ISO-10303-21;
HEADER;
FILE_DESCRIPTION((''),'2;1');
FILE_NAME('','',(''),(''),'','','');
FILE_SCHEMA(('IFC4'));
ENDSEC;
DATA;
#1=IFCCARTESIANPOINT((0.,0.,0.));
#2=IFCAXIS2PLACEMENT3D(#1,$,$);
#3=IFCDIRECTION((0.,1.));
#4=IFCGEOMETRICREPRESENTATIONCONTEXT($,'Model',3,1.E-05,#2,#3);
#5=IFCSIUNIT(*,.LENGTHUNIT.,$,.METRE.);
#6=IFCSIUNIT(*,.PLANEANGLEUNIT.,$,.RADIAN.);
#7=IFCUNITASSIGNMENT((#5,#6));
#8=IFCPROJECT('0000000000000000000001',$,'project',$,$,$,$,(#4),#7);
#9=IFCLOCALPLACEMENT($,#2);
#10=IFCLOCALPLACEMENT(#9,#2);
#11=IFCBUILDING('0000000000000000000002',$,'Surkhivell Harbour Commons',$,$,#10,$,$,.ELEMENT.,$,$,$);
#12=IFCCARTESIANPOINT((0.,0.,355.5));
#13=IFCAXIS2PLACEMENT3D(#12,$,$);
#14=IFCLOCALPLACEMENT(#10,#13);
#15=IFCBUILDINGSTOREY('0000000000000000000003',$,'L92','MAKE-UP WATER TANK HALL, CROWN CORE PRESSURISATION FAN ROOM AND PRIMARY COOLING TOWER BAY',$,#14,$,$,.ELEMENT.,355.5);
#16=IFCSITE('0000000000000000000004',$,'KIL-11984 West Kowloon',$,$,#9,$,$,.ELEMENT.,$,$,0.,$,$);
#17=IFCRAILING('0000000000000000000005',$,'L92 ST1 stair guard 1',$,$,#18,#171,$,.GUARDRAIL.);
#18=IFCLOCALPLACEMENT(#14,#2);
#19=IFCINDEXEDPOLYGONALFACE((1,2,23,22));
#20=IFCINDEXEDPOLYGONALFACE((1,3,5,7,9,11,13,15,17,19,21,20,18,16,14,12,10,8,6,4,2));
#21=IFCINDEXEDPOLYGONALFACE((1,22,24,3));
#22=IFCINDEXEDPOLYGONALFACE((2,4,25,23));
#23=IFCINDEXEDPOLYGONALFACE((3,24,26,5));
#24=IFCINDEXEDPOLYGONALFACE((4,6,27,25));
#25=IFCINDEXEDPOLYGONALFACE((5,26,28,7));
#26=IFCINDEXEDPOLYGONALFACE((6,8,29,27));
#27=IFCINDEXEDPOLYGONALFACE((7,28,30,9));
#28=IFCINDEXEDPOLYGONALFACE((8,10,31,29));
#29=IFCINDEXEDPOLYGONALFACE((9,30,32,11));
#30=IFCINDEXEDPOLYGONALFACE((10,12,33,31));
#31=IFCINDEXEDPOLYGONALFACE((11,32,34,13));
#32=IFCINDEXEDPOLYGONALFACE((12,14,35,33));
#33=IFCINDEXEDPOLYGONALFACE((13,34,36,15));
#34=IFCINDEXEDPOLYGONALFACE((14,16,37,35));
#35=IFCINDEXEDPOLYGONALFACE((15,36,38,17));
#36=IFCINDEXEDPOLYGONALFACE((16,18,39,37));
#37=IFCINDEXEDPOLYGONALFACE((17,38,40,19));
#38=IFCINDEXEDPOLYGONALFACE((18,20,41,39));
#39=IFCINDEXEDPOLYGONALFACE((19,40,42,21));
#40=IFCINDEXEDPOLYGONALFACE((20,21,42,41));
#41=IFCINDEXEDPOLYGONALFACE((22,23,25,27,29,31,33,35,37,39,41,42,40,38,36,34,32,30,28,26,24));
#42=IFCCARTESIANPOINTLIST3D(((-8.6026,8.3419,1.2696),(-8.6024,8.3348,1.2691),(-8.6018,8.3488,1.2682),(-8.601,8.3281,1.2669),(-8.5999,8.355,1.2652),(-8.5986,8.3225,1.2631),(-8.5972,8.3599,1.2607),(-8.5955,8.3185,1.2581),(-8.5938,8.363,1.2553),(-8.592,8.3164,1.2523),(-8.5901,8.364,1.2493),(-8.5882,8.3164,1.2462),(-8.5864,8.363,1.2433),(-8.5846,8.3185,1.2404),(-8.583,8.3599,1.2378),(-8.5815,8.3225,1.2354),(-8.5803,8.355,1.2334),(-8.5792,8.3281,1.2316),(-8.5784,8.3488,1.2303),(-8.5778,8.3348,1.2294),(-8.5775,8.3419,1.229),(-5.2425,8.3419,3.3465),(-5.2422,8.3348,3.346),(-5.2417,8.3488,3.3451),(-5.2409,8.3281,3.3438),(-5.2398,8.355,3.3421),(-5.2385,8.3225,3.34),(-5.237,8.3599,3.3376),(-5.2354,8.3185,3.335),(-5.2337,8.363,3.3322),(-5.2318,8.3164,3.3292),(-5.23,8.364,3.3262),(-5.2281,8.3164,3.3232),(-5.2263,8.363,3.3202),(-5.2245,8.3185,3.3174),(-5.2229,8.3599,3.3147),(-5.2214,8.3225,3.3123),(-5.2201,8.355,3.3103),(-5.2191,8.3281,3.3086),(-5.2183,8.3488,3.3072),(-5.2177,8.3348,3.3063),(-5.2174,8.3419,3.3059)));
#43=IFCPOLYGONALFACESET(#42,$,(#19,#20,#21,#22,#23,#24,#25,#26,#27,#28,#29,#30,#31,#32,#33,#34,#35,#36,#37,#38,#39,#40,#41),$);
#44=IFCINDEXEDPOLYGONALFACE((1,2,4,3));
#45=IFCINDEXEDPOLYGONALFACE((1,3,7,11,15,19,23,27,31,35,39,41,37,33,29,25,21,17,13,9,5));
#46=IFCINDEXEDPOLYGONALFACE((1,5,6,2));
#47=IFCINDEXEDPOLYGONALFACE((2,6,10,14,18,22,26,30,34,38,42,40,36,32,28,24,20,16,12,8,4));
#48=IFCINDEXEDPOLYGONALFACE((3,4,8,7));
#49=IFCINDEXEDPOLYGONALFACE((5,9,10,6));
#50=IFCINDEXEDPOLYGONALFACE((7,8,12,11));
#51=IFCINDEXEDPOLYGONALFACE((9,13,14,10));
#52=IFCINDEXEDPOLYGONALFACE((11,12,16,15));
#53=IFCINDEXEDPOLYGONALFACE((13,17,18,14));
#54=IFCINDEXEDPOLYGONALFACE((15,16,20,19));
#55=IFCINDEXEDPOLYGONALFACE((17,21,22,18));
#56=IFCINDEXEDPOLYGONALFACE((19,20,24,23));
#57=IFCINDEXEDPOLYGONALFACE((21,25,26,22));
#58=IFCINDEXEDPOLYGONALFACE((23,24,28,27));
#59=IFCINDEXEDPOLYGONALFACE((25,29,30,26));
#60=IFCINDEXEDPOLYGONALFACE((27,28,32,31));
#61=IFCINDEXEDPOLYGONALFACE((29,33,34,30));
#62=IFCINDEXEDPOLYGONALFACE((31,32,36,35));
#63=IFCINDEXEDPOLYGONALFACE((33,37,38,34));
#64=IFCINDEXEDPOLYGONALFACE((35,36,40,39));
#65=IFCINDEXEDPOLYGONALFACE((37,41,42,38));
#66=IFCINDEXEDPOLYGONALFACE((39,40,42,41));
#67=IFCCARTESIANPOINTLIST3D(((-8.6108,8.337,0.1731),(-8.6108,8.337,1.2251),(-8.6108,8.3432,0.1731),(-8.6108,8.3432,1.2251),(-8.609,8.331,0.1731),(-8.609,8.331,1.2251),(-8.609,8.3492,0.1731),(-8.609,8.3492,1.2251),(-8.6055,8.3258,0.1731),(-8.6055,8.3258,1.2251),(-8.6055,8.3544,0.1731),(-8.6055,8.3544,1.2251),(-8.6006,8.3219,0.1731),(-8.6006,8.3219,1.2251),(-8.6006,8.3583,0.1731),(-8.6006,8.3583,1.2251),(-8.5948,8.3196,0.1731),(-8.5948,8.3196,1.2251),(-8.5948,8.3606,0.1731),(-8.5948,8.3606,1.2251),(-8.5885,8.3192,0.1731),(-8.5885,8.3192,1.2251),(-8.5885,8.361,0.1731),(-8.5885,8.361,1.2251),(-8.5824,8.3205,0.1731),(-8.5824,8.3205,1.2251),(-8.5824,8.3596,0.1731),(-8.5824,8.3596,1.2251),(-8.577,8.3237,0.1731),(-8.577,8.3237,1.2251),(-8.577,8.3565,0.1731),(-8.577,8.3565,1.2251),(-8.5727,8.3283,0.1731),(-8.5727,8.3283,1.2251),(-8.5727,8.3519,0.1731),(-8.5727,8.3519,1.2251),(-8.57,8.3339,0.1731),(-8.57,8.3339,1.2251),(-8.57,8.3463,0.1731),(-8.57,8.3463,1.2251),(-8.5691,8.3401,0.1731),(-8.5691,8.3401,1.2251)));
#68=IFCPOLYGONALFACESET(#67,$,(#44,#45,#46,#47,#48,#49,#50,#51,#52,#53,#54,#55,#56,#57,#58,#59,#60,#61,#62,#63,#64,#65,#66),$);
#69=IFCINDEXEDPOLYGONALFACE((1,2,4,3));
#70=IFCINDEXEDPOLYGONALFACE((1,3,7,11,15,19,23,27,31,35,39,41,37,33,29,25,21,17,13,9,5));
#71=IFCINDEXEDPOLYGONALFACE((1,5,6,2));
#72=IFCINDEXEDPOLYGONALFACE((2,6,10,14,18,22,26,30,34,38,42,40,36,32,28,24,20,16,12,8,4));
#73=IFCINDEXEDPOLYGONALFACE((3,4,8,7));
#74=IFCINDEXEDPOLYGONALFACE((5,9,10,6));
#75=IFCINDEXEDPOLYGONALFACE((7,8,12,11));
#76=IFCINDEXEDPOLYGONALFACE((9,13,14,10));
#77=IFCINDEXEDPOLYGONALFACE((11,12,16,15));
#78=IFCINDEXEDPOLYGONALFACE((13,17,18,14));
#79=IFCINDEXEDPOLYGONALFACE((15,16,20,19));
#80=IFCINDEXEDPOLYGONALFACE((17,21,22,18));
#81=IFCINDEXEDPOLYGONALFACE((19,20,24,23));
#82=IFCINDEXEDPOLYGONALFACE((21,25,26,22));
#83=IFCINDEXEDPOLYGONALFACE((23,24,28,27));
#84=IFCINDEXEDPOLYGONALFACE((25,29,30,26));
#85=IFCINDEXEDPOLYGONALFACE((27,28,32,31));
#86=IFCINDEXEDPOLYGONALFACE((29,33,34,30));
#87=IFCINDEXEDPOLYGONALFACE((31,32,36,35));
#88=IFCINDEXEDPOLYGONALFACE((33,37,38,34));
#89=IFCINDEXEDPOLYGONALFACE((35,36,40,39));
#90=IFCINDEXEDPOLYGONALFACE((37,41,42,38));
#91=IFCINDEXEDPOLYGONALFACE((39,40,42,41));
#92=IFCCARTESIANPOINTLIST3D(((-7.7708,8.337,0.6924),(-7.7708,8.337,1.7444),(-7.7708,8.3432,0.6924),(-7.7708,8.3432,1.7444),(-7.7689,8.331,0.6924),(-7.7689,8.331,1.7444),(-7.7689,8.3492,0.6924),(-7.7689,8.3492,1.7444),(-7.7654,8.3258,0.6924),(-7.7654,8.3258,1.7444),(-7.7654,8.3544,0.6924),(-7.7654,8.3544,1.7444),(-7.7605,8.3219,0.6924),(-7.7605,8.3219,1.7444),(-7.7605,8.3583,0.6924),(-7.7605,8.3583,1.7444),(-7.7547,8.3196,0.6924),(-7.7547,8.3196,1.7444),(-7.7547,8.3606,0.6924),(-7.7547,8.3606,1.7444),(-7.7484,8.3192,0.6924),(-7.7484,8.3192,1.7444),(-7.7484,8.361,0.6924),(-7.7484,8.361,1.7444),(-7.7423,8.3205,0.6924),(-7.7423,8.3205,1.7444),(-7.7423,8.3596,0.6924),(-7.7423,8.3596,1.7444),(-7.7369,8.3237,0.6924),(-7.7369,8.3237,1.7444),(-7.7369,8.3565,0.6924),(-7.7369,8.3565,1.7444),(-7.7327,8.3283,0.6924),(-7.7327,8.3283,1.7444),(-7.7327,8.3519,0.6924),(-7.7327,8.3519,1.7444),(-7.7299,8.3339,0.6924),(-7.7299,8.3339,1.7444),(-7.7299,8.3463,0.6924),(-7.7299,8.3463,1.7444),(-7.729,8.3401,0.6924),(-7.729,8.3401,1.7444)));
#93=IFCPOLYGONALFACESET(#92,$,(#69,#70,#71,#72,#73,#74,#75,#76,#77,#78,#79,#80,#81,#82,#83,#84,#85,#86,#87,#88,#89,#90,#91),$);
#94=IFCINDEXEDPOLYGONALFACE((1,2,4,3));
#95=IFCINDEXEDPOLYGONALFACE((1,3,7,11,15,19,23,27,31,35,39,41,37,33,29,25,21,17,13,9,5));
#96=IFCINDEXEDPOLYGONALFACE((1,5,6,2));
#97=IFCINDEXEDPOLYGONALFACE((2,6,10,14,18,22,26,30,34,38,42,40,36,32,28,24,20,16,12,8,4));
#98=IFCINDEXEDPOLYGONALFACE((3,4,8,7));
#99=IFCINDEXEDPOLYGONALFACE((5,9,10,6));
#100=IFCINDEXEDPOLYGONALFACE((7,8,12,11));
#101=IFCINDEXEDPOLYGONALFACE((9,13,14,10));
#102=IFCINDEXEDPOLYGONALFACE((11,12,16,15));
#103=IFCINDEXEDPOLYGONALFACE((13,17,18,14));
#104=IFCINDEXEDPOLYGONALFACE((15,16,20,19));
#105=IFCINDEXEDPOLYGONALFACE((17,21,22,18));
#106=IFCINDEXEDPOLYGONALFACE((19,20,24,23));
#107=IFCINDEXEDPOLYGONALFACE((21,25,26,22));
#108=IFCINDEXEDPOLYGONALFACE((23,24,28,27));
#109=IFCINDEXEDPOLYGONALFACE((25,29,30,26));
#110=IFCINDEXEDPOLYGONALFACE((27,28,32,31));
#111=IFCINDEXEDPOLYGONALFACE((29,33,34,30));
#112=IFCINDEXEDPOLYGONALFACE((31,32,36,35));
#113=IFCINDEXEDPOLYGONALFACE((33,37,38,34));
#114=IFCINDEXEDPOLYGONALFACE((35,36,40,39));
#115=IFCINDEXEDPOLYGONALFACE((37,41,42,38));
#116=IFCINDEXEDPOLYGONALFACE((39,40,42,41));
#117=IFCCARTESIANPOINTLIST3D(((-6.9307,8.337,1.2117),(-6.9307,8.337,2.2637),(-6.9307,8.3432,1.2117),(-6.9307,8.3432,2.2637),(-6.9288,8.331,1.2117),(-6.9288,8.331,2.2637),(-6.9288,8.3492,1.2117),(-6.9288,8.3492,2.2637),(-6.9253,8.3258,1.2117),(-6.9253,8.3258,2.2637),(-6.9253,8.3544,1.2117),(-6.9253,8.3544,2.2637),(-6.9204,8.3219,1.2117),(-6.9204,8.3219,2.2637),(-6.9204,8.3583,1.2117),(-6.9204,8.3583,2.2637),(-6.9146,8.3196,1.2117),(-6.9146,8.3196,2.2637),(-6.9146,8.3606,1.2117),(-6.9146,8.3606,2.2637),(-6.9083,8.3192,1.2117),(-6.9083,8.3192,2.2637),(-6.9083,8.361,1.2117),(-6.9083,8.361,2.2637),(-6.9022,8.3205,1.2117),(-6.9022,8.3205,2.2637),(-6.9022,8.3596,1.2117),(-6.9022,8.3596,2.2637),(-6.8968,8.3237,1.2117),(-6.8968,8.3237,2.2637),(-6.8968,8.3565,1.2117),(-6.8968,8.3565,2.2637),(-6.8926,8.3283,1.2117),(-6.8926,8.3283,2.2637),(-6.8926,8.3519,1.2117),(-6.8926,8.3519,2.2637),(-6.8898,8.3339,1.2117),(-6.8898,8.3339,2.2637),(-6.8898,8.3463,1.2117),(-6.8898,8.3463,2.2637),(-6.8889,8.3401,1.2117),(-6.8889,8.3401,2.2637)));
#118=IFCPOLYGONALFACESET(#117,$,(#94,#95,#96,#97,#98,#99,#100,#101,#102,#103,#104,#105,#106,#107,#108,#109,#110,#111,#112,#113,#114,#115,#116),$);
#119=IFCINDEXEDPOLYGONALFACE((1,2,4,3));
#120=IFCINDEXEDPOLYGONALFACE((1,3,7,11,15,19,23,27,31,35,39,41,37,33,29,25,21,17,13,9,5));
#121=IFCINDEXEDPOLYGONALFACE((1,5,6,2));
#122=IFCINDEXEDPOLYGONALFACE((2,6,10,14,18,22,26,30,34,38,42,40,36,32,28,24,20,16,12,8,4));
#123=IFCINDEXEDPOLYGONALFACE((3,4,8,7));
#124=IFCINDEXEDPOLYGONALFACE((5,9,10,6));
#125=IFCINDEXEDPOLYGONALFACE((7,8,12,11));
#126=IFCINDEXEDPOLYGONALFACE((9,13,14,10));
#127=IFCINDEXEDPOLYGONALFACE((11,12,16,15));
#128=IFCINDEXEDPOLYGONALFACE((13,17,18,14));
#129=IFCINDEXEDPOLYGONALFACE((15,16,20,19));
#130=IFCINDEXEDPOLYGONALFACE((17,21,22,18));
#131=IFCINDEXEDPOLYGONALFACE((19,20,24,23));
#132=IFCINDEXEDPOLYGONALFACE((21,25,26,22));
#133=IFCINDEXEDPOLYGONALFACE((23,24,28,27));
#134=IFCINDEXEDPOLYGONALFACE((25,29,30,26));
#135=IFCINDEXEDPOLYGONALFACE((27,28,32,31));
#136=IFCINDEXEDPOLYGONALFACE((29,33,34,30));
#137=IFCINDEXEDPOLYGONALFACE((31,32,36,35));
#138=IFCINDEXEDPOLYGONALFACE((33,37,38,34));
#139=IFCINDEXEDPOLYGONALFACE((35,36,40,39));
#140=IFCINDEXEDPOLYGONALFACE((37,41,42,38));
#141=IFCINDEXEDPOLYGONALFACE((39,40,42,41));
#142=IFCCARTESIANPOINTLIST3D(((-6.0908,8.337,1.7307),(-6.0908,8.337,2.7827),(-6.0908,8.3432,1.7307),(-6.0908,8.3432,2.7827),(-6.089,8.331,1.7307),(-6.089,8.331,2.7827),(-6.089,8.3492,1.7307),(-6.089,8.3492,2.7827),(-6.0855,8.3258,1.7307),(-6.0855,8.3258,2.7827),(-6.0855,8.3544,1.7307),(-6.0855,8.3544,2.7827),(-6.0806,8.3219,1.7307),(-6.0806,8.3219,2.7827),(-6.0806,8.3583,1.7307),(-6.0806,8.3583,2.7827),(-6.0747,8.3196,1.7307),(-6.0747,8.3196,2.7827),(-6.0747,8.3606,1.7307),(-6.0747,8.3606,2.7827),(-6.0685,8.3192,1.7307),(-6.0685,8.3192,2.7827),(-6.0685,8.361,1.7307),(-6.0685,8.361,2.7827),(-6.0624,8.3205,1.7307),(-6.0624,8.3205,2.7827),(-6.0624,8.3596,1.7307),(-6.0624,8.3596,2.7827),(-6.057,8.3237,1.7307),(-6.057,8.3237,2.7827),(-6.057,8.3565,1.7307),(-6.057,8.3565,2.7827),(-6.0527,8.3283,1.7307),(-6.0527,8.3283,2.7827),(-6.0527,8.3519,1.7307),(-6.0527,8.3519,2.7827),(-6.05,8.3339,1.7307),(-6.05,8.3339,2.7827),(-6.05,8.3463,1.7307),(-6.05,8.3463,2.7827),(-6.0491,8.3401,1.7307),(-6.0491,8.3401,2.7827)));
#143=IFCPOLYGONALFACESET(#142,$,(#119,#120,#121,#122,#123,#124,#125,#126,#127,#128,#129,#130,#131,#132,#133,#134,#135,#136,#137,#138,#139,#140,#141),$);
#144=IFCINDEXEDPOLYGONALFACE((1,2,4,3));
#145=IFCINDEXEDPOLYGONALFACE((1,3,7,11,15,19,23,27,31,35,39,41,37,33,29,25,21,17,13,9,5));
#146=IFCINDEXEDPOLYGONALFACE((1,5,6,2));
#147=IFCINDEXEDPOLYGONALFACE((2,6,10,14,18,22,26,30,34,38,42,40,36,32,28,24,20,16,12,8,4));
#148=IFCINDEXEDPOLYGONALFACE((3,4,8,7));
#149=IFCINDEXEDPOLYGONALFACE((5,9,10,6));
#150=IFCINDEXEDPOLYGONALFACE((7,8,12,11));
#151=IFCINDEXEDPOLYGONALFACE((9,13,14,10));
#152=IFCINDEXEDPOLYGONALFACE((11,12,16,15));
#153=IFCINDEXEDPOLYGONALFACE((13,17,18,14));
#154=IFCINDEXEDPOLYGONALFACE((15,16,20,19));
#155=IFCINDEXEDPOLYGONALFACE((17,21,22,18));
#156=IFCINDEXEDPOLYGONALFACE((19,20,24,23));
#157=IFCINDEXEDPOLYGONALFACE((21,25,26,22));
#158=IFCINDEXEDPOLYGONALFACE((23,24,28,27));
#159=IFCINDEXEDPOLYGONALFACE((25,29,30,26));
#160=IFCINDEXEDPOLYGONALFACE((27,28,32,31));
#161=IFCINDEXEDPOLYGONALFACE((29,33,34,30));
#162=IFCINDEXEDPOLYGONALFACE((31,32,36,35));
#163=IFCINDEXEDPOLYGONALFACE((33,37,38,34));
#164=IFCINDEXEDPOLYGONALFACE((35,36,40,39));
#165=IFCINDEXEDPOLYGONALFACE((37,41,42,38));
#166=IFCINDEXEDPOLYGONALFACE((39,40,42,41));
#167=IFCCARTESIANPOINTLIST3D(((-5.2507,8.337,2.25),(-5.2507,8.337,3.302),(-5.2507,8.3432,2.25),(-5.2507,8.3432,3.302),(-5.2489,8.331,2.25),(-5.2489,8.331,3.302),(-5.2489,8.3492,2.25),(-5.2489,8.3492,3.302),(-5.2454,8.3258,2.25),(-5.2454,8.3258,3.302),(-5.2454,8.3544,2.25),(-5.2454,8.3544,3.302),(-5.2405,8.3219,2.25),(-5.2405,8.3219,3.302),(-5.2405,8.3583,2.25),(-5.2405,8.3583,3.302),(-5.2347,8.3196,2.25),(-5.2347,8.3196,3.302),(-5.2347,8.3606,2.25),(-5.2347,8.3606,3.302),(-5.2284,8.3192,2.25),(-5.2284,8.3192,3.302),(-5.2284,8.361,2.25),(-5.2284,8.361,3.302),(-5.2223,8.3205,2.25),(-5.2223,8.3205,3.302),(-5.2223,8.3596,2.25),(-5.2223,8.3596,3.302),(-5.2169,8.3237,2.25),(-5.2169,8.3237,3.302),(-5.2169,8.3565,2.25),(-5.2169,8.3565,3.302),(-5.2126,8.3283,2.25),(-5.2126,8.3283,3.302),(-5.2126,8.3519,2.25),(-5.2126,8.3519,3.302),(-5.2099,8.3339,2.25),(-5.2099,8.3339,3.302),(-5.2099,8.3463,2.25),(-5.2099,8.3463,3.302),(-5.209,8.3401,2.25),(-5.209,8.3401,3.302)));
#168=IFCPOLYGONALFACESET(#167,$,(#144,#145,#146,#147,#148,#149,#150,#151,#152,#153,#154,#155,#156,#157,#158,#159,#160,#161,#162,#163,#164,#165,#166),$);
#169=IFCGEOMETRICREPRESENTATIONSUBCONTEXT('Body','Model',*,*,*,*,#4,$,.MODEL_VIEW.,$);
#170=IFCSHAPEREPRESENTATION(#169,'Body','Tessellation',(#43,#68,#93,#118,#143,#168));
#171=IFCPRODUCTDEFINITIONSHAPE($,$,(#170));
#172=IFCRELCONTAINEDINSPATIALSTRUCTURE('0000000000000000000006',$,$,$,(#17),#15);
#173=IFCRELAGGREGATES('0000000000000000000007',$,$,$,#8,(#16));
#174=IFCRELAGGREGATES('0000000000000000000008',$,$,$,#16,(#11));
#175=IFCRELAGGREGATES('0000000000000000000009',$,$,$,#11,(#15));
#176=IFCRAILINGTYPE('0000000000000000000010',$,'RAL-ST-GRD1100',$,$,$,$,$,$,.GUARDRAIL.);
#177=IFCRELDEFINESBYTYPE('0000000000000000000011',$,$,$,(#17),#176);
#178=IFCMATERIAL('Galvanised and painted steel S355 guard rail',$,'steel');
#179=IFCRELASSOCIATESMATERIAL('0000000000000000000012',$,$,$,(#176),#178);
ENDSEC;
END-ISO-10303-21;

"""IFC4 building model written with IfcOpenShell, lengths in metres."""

from ifc_helpers import new_model, si_unit, direction, frame, origin, origin_2d, place, context, subcontext, project, spatial, circle, extrude, material, type_object, element, save


model = new_model("IFC4")

# Units and contexts
model_context = context("Model", 3, precision=1e-05, world=origin(), true_north=direction((0.0, 1.0)))
body_context = subcontext(model_context, "Body", "Model", "MODEL_VIEW")
ifc_project = project(units=[si_unit("LENGTHUNIT", "METRE"), si_unit("PLANEANGLEUNIT", "RADIAN")], contexts=[model_context])

# Site, building, storey
site_placement = place(None, origin())
site = spatial("IfcSite", under=ifc_project, at=site_placement, Name="KIL-11984 West Kowloon", CompositionType="ELEMENT", RefElevation=0.0)
building_placement = place(site_placement, origin())
building = spatial("IfcBuilding", under=site, at=building_placement, Name="Surkhivell Harbour Commons", CompositionType="ELEMENT")
storey_placement = place(building_placement, frame((0.0, 0.0, 355.5)))
storey = spatial("IfcBuildingStorey", under=building, at=storey_placement, Name="L92", Description="MAKE-UP WATER TANK HALL, CROWN CORE PRESSURISATION FAN ROOM AND PRIMARY COOLING TOWER BAY", CompositionType="ELEMENT", Elevation=355.5)

# Railing
ifc_material_1 = material(Name="Galvanised and painted steel S355 guard rail", Category="steel")
railing_type_1 = type_object("IfcRailingType", Name="RAL-ST-GRD1100", PredefinedType="GUARDRAIL", material=ifc_material_1)
railing_1_placement = place(storey_placement, frame((-8.5901, 8.3401, 0.1731)))
element("IfcRailing", 1, at=railing_1_placement, inside=storey, type_object=railing_type_1, Name="L92 ST1 stair guard 1", PredefinedType="GUARDRAIL", context=body_context, shape_type="SweptSolid", body=[
    extrude(circle(Radius=0.0239, at=origin_2d()), frame((0.0, 0.0, 1.0762), z_axis=(0.850623, 0.0, 0.525776), x_axis=(0.0, 1.0, 0.0)), (0.0, 0.0, 1.0), 3.9502),
    extrude(circle(Radius=0.021, at=origin_2d()), origin(), (0.0, 0.0, 1.0), 1.052),
    extrude(circle(Radius=0.021, at=origin_2d()), frame((0.8401, 0.0, 0.5193)), (0.0, 0.0, 1.0), 1.052),
    extrude(circle(Radius=0.021, at=origin_2d()), frame((1.6802, 0.0, 1.0386)), (0.0, 0.0, 1.0), 1.052),
    extrude(circle(Radius=0.021, at=origin_2d()), frame((2.52, 0.0, 1.5576)), (0.0, 0.0, 1.0), 1.052),
    extrude(circle(Radius=0.021, at=origin_2d()), frame((3.3601, 0.0, 2.0769)), (0.0, 0.0, 1.0), 1.052),
])

save(model, "model.ifc")
